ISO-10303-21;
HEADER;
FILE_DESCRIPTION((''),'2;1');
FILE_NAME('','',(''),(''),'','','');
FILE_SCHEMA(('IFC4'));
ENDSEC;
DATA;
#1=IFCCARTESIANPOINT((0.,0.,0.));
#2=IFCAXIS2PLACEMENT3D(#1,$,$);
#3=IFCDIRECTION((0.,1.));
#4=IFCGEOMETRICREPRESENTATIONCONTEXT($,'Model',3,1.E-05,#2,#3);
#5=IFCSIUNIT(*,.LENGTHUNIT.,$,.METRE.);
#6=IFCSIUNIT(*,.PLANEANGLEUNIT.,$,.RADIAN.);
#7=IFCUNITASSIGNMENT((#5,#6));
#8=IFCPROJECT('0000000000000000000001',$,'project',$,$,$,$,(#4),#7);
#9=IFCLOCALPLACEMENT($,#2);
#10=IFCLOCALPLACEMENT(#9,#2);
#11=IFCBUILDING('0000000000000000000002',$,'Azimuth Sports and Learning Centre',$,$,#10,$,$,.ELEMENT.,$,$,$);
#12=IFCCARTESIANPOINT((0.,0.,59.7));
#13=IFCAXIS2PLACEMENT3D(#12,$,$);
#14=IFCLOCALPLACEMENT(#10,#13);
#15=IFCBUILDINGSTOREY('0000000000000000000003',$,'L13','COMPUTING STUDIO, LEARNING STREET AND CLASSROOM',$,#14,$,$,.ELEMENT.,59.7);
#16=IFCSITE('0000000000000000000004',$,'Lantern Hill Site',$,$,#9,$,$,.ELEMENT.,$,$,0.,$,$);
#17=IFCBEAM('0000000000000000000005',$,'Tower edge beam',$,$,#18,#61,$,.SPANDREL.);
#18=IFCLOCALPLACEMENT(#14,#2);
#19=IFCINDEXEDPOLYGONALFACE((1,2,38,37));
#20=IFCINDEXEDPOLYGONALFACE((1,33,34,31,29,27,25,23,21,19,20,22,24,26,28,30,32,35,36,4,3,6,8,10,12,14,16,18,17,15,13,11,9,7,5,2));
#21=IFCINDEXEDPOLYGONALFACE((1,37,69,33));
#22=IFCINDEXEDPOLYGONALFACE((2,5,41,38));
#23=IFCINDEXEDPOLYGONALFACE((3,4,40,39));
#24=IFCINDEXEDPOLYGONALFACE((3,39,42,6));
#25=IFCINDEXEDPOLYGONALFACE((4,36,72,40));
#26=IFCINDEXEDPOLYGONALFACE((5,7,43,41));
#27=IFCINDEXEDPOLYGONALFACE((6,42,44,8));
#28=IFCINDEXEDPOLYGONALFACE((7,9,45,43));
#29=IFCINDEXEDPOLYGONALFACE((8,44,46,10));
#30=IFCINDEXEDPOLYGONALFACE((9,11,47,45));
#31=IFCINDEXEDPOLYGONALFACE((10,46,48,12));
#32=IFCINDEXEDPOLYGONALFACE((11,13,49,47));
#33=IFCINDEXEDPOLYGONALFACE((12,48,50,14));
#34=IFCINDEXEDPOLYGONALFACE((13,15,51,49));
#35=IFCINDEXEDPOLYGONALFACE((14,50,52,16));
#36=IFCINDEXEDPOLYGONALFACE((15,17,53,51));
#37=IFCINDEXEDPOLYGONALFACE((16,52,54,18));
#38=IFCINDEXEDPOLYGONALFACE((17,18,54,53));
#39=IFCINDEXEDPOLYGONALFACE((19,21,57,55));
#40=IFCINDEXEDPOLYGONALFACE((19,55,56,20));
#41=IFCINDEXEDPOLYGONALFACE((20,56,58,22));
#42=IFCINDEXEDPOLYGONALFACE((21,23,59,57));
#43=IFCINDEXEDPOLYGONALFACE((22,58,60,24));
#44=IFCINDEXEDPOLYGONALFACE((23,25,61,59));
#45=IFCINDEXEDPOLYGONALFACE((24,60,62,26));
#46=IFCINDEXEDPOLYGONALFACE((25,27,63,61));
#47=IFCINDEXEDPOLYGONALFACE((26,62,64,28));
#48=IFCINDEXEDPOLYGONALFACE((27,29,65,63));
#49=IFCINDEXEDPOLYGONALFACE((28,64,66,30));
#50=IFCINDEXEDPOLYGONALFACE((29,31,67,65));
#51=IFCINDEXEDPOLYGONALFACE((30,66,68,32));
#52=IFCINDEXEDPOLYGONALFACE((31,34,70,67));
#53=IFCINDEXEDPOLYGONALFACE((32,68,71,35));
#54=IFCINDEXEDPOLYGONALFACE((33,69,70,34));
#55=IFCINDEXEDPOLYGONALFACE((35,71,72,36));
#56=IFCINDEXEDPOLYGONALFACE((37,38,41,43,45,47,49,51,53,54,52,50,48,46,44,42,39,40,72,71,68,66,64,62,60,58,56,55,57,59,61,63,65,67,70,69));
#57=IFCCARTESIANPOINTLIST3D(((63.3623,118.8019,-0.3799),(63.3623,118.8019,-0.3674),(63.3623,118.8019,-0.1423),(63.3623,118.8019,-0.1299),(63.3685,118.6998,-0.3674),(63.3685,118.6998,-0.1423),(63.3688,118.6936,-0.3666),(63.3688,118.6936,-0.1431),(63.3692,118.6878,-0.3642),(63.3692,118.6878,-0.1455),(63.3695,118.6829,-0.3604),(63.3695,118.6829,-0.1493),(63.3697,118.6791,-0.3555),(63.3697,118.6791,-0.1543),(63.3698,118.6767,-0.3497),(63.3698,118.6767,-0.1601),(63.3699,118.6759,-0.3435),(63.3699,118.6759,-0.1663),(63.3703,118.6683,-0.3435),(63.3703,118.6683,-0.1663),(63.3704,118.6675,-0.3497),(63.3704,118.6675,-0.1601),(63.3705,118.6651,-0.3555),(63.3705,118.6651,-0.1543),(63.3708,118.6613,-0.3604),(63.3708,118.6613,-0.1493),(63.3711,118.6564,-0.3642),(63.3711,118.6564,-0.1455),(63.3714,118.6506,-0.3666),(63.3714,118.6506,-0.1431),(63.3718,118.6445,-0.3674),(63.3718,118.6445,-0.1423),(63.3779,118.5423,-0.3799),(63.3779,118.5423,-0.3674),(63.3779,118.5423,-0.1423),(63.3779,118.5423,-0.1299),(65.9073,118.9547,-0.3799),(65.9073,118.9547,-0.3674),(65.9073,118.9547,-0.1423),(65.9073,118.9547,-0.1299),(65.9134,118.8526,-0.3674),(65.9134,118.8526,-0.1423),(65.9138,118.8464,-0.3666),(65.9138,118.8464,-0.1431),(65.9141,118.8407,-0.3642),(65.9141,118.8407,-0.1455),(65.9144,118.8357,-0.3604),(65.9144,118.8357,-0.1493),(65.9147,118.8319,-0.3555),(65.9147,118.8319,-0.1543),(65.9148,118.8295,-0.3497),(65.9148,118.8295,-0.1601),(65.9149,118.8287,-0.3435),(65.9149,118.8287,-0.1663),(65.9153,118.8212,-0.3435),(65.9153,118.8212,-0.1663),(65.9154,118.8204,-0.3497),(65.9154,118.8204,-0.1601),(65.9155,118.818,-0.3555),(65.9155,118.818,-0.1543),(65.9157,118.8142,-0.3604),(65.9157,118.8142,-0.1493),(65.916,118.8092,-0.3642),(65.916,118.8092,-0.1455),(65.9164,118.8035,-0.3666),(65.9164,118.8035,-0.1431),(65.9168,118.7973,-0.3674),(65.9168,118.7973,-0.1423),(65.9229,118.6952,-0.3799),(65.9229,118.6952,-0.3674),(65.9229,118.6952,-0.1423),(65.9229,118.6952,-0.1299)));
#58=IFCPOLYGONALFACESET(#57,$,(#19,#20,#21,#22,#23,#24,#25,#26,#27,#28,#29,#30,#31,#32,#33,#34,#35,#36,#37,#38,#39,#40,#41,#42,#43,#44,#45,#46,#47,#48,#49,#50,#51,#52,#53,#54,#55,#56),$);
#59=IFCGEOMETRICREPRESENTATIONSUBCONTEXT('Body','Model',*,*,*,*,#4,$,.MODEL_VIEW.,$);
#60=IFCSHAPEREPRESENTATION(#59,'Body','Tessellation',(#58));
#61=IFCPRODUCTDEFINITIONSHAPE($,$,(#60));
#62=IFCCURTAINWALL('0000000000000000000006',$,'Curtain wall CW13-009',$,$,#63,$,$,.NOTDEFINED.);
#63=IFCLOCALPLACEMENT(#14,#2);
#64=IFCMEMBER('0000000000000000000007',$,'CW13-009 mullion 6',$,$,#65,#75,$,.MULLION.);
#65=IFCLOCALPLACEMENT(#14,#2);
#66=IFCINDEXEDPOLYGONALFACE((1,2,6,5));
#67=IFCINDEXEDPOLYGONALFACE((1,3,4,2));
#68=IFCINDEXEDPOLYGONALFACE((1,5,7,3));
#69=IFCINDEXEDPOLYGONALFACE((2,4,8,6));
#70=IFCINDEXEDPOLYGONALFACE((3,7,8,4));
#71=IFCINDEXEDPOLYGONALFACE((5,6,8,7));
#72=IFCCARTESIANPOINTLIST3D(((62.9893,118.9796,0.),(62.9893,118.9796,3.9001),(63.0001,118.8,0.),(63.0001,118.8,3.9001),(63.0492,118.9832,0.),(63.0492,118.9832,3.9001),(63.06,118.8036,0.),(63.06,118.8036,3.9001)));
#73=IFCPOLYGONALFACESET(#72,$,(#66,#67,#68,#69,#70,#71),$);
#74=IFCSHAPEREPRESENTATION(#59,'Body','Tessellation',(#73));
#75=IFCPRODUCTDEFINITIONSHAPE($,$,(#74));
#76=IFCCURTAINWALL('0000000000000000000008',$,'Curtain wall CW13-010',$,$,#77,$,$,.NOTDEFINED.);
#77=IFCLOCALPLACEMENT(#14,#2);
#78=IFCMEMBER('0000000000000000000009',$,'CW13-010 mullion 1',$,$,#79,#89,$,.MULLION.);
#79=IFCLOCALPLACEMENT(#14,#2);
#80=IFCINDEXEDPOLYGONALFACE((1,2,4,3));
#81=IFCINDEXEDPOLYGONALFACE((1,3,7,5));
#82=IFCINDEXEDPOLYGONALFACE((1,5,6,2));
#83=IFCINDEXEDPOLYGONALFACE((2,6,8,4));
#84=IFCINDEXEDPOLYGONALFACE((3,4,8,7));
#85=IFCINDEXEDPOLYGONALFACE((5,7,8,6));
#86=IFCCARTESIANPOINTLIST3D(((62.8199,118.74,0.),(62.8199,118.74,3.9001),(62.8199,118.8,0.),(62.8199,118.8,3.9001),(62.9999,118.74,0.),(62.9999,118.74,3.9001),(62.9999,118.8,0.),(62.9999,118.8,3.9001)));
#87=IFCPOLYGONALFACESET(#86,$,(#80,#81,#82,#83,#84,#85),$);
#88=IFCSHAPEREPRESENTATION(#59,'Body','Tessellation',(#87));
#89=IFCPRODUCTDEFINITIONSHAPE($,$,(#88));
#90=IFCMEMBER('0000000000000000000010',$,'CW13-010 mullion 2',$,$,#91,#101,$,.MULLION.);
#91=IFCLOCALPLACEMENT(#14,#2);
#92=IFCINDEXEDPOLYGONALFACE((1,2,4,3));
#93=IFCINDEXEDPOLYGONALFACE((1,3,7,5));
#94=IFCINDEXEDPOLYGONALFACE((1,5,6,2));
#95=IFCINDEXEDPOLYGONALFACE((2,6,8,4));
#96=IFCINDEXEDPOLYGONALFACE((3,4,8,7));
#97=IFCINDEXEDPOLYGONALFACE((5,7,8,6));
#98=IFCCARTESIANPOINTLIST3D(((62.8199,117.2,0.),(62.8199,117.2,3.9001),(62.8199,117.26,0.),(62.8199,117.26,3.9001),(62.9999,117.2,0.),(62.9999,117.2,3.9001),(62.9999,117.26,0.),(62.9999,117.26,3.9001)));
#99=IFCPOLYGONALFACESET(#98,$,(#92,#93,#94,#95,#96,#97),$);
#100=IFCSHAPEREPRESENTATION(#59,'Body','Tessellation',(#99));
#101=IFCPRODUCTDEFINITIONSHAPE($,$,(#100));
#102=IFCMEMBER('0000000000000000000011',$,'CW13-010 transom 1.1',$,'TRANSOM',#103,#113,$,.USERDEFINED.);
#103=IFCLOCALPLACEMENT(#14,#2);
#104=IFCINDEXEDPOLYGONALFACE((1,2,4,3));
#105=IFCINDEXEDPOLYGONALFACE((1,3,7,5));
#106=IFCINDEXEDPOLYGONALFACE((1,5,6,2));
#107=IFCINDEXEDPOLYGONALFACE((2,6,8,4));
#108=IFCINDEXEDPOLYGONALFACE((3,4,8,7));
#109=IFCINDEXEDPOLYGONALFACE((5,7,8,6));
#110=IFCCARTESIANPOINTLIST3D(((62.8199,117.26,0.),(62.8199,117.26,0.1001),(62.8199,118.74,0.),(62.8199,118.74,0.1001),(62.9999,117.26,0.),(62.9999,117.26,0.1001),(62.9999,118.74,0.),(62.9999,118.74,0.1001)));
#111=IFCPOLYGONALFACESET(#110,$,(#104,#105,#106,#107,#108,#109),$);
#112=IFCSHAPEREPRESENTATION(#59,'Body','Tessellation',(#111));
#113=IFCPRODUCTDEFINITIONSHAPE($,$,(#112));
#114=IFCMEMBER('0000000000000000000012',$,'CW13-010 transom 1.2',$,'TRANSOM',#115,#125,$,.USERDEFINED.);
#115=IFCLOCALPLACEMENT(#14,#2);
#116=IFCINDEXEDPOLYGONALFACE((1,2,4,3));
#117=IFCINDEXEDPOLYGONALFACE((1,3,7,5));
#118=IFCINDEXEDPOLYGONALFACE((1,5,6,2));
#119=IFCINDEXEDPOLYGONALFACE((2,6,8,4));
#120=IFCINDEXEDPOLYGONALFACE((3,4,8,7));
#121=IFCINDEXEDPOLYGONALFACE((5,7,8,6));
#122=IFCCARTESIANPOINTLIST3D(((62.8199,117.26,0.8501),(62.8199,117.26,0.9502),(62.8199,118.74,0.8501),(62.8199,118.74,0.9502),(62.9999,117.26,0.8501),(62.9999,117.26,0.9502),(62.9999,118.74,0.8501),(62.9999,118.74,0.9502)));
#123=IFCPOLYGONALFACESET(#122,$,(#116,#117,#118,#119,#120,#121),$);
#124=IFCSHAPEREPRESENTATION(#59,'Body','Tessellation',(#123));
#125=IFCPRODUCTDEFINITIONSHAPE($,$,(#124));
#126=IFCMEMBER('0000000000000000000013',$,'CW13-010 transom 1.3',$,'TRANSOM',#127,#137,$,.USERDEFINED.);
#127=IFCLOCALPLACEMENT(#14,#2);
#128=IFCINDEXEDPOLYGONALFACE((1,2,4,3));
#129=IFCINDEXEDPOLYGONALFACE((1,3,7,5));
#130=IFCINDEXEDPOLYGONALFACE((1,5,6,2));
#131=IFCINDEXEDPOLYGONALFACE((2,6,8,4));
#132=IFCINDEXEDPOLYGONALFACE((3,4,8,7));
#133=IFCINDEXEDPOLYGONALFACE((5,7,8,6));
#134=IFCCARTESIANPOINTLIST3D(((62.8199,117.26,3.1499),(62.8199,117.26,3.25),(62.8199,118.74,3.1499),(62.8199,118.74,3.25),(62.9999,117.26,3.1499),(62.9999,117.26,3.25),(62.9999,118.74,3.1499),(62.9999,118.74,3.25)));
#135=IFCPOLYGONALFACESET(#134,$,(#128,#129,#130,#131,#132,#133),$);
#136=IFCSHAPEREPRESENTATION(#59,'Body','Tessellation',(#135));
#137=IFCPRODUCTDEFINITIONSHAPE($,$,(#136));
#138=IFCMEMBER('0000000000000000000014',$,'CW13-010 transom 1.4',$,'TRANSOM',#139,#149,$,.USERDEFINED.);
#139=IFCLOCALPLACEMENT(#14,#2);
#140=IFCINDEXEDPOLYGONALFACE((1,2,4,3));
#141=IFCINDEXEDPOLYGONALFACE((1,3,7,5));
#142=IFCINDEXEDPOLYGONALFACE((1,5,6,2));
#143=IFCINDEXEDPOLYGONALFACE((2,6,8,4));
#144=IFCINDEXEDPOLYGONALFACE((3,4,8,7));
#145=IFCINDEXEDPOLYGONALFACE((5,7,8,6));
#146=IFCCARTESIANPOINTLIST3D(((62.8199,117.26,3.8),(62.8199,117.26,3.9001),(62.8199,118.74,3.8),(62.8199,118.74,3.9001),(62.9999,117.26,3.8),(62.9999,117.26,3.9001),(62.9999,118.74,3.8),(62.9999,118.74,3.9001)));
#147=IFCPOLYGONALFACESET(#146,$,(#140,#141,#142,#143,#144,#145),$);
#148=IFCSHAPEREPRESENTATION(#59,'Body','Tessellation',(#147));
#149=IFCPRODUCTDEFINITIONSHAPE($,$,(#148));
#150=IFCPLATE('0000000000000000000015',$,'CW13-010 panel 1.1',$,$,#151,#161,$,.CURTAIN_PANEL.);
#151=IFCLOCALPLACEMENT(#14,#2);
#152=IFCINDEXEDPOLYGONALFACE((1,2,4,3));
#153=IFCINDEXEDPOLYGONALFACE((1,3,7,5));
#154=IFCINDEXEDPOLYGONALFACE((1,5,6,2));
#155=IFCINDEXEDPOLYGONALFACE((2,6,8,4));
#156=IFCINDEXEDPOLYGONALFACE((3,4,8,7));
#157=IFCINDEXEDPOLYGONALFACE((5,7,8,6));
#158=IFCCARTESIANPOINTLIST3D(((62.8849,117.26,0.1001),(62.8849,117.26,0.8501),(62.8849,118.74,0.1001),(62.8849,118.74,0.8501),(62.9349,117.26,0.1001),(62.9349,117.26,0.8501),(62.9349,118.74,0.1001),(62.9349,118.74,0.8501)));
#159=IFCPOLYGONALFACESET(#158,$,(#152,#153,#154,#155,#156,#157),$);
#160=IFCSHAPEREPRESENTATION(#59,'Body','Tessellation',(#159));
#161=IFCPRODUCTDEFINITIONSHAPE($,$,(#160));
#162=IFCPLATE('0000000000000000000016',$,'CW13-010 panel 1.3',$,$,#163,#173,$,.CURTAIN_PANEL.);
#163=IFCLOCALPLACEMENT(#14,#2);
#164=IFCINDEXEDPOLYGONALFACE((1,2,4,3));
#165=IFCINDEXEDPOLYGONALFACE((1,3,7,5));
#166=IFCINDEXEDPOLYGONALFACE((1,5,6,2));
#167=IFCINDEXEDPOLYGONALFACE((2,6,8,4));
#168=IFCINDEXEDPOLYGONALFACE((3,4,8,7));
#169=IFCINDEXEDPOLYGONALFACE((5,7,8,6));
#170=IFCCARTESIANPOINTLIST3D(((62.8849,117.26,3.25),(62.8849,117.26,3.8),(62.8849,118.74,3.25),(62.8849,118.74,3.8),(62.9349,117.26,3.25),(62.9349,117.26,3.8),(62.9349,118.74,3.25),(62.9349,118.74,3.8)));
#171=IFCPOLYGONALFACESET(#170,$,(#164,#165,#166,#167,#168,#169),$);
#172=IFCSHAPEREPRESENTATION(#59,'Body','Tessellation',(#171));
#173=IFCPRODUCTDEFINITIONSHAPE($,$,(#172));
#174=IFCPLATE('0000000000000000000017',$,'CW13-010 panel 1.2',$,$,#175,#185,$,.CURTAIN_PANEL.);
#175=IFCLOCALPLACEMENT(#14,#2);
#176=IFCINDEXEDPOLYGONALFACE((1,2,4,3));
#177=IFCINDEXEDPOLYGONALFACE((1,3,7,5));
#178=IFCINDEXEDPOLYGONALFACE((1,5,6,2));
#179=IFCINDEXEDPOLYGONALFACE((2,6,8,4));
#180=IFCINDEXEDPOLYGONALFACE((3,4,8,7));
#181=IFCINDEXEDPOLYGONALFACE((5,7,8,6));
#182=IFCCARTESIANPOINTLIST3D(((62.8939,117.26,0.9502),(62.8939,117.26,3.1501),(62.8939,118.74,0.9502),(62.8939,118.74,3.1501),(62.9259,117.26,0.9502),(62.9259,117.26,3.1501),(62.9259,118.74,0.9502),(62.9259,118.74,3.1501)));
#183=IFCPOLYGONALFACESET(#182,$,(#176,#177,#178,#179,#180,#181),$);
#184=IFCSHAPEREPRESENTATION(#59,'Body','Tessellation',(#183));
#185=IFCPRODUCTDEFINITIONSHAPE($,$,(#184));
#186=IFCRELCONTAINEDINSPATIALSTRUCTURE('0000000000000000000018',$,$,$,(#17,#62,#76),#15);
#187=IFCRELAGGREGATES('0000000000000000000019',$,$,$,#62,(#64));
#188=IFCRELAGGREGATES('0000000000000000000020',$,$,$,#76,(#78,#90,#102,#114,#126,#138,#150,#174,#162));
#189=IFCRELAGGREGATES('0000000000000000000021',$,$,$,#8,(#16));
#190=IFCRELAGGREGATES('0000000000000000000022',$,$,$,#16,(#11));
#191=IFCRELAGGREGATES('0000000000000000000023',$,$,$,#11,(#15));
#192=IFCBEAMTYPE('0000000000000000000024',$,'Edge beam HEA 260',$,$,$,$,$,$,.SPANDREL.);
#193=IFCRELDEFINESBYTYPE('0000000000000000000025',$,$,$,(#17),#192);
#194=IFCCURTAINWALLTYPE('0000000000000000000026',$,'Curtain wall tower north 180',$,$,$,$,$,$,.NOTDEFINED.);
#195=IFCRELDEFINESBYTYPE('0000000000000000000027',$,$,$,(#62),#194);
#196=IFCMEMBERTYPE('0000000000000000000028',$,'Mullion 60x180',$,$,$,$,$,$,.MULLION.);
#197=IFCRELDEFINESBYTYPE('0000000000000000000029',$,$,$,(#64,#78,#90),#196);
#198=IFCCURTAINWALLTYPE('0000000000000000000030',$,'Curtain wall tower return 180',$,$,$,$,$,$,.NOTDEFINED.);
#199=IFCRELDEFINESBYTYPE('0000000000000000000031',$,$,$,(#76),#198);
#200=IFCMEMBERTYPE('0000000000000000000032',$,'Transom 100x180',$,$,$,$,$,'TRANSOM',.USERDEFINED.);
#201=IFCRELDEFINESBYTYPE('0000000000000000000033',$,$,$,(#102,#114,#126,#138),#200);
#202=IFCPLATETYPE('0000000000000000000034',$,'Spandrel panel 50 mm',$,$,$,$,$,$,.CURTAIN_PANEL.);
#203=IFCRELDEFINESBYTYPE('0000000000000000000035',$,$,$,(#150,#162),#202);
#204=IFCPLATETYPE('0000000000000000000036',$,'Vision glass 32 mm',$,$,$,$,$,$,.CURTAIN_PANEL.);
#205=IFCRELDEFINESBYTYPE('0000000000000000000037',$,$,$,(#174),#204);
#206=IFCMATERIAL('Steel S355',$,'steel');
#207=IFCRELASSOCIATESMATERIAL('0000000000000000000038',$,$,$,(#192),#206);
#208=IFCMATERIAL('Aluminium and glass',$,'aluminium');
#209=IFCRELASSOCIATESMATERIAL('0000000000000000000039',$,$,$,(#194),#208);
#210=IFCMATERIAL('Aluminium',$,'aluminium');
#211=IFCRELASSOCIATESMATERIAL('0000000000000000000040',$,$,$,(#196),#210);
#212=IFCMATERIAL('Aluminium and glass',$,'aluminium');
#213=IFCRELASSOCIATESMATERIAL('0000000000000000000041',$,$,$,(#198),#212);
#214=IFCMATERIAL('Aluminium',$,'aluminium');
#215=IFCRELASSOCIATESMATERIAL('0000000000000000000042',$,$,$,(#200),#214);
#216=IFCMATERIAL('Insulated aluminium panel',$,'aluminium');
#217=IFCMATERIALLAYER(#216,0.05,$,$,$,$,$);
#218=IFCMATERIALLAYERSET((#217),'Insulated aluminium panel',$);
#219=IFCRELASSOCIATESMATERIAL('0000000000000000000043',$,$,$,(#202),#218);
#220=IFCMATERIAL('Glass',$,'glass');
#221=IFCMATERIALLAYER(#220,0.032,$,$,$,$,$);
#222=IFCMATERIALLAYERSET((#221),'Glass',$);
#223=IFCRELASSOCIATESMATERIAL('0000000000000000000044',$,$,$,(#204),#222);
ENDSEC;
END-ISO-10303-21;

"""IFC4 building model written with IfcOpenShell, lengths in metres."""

from ifc_helpers import new_model, si_unit, direction, frame, origin, origin_2d, place, context, subcontext, project, spatial, rectangle, i_section, extrude, material, layer, layer_set, material_profile, profile_set, type_object, element, aggregate, save


model = new_model("IFC4")

# Units and contexts
model_context = context("Model", 3, precision=1e-05, world=origin(), true_north=direction((0.0, 1.0)))
body_context = subcontext(model_context, "Body", "Model", "MODEL_VIEW")
ifc_project = project(units=[si_unit("LENGTHUNIT", "METRE"), si_unit("PLANEANGLEUNIT", "RADIAN")], contexts=[model_context])

# Site, building, storey
site_placement = place(None, origin())
site = spatial("IfcSite", under=ifc_project, at=site_placement, Name="Lantern Hill Site", CompositionType="ELEMENT", RefElevation=0.0)
building_placement = place(site_placement, origin())
building = spatial("IfcBuilding", under=site, at=building_placement, Name="Azimuth Sports and Learning Centre", CompositionType="ELEMENT")
storey_placement = place(building_placement, frame((0.0, 0.0, 59.7)))
storey = spatial("IfcBuildingStorey", under=building, at=storey_placement, Name="L13", Description="COMPUTING STUDIO, LEARNING STREET AND CLASSROOM", CompositionType="ELEMENT", Elevation=59.7)

# Beam
ifc_material_1 = material(Name="Steel S355", Category="steel")
ifc_material_profile_1 = material_profile(ifc_material_1, i_section(OverallWidth=0.26, OverallDepth=0.25, WebThickness=0.0076, FlangeThickness=0.0125, FilletRadius=0.0239, at=origin_2d()), Name="HEA 260")
ifc_profile_set_1 = profile_set([ifc_material_profile_1], Name="Steel S355")
beam_type = type_object("IfcBeamType", Name="Edge beam HEA 260", PredefinedType="SPANDREL", material=ifc_profile_set_1)
beam_placement = place(storey_placement, frame((63.3701, 118.6721, -0.2549), z_axis=(0.998202, 0.059946, 0.0), x_axis=(-0.059946, 0.998202, 0.0)))
element("IfcBeam", 1, at=beam_placement, inside=storey, type_object=beam_type, Name="Tower edge beam", PredefinedType="SPANDREL", context=body_context, shape_type="SweptSolid", body=[
    extrude(i_section(OverallWidth=0.26, OverallDepth=0.25, WebThickness=0.0076, FlangeThickness=0.0125, FilletRadius=0.0239, at=origin_2d()), origin(), (0.0, 0.0, 1.0), 2.5496),
])

# Curtain wall, member
ifc_material_2 = material(Name="Aluminium and glass", Category="aluminium")
curtain_wall_type_1 = type_object("IfcCurtainWallType", Name="Curtain wall tower north 180", PredefinedType="NOTDEFINED", material=ifc_material_2)
curtain_wall_1_placement = place(storey_placement, origin())
curtain_wall_1 = element("IfcCurtainWall", 2, at=curtain_wall_1_placement, inside=storey, type_object=curtain_wall_type_1, Name="Curtain wall CW13-009", PredefinedType="NOTDEFINED")
ifc_material_3 = material(Name="Aluminium", Category="aluminium")
ifc_material_profile_2 = material_profile(ifc_material_3, rectangle(XDim=0.1799, YDim=0.0601, at=origin_2d()), Name="Mullion 60x180")
ifc_profile_set_2 = profile_set([ifc_material_profile_2], Name="Aluminium")
member_type_1 = type_object("IfcMemberType", Name="Mullion 60x180", PredefinedType="MULLION", material=ifc_profile_set_2)
member_1_placement = place(storey_placement, frame((63.0247, 118.8916, 0.0), z_axis=(0.0, 0.0, 1.0), x_axis=(0.059892, -0.998205, 0.0)))
member_1 = element("IfcMember", 3, at=member_1_placement, type_object=member_type_1, Name="CW13-009 mullion 6", PredefinedType="MULLION", context=body_context, shape_type="SweptSolid", body=[
    extrude(rectangle(XDim=0.1799, YDim=0.0601, at=origin_2d()), origin(), (0.0, 0.0, 1.0), 3.9001),
])
aggregate(curtain_wall_1, [member_1])

# Curtain wall, members, plates
ifc_material_4 = material(Name="Aluminium and glass", Category="aluminium")
curtain_wall_type_2 = type_object("IfcCurtainWallType", Name="Curtain wall tower return 180", PredefinedType="NOTDEFINED", material=ifc_material_4)
curtain_wall_2_placement = place(storey_placement, origin())
curtain_wall_2 = element("IfcCurtainWall", 4, at=curtain_wall_2_placement, inside=storey, type_object=curtain_wall_type_2, Name="Curtain wall CW13-010", PredefinedType="NOTDEFINED")
member_2_placement = place(storey_placement, frame((62.9099, 118.77, 0.0), z_axis=(0.0, 0.0, 1.0), x_axis=(1.0, 0.0, 0.0)))
member_2 = element("IfcMember", 5, at=member_2_placement, type_object=member_type_1, Name="CW13-010 mullion 1", PredefinedType="MULLION", context=body_context, shape_type="SweptSolid", body=[
    extrude(rectangle(XDim=0.1799, YDim=0.0601, at=origin_2d()), origin(), (0.0, 0.0, 1.0), 3.9001),
])
member_3_placement = place(storey_placement, frame((62.9099, 117.23, 0.0), z_axis=(0.0, 0.0, 1.0), x_axis=(1.0, 0.0, 0.0)))
member_3 = element("IfcMember", 6, at=member_3_placement, type_object=member_type_1, Name="CW13-010 mullion 2", PredefinedType="MULLION", context=body_context, shape_type="SweptSolid", body=[
    extrude(rectangle(XDim=0.1799, YDim=0.0601, at=origin_2d()), origin(), (0.0, 0.0, 1.0), 3.9001),
])
ifc_material_5 = material(Name="Aluminium", Category="aluminium")
ifc_material_profile_3 = material_profile(ifc_material_5, rectangle(XDim=0.1799, YDim=0.1001, at=origin_2d()), Name="Transom 100x180")
ifc_profile_set_3 = profile_set([ifc_material_profile_3], Name="Aluminium")
member_type_2 = type_object("IfcMemberType", Name="Transom 100x180", ElementType="TRANSOM", PredefinedType="USERDEFINED", material=ifc_profile_set_3)
member_4_placement = place(storey_placement, frame((62.9099, 118.74, 0.05), z_axis=(0.0, -1.0, 0.0), x_axis=(1.0, 0.0, 0.0)))
member_4 = element("IfcMember", 7, at=member_4_placement, type_object=member_type_2, Name="CW13-010 transom 1.1", ObjectType="TRANSOM", PredefinedType="USERDEFINED", context=body_context, shape_type="SweptSolid", body=[
    extrude(rectangle(XDim=0.1799, YDim=0.1001, at=origin_2d()), origin(), (0.0, 0.0, 1.0), 1.48),
])
member_5_placement = place(storey_placement, frame((62.9099, 118.74, 0.9001), z_axis=(0.0, -1.0, 0.0), x_axis=(1.0, 0.0, 0.0)))
member_5 = element("IfcMember", 8, at=member_5_placement, type_object=member_type_2, Name="CW13-010 transom 1.2", ObjectType="TRANSOM", PredefinedType="USERDEFINED", context=body_context, shape_type="SweptSolid", body=[
    extrude(rectangle(XDim=0.1799, YDim=0.1001, at=origin_2d()), origin(), (0.0, 0.0, 1.0), 1.48),
])
member_6_placement = place(storey_placement, frame((62.9099, 118.74, 3.2), z_axis=(0.0, -1.0, 0.0), x_axis=(1.0, 0.0, 0.0)))
member_6 = element("IfcMember", 9, at=member_6_placement, type_object=member_type_2, Name="CW13-010 transom 1.3", ObjectType="TRANSOM", PredefinedType="USERDEFINED", context=body_context, shape_type="SweptSolid", body=[
    extrude(rectangle(XDim=0.1799, YDim=0.1001, at=origin_2d()), origin(), (0.0, 0.0, 1.0), 1.48),
])
member_7_placement = place(storey_placement, frame((62.9099, 118.74, 3.8501), z_axis=(0.0, -1.0, 0.0), x_axis=(1.0, 0.0, 0.0)))
member_7 = element("IfcMember", 10, at=member_7_placement, type_object=member_type_2, Name="CW13-010 transom 1.4", ObjectType="TRANSOM", PredefinedType="USERDEFINED", context=body_context, shape_type="SweptSolid", body=[
    extrude(rectangle(XDim=0.1799, YDim=0.1001, at=origin_2d()), origin(), (0.0, 0.0, 1.0), 1.48),
])
ifc_material_6 = material(Name="Insulated aluminium panel", Category="aluminium")
ifc_layer_1 = layer(ifc_material_6, 0.05)
ifc_layer_set_1 = layer_set([ifc_layer_1], Name="Insulated aluminium panel")
plate_type_1 = type_object("IfcPlateType", Name="Spandrel panel 50 mm", PredefinedType="CURTAIN_PANEL", material=ifc_layer_set_1)
plate_1_placement = place(storey_placement, frame((62.9099, 118.0, 0.1001), z_axis=(0.0, 0.0, 1.0), x_axis=(0.0, -1.0, 0.0)))
plate_1 = element("IfcPlate", 11, at=plate_1_placement, type_object=plate_type_1, Name="CW13-010 panel 1.1", PredefinedType="CURTAIN_PANEL", context=body_context, shape_type="SweptSolid", body=[
    extrude(rectangle(XDim=1.48, YDim=0.05, at=origin_2d()), origin(), (0.0, 0.0, 1.0), 0.75),
])
plate_2_placement = place(storey_placement, frame((62.9099, 118.0, 3.25), z_axis=(0.0, 0.0, 1.0), x_axis=(0.0, -1.0, 0.0)))
plate_2 = element("IfcPlate", 12, at=plate_2_placement, type_object=plate_type_1, Name="CW13-010 panel 1.3", PredefinedType="CURTAIN_PANEL", context=body_context, shape_type="SweptSolid", body=[
    extrude(rectangle(XDim=1.48, YDim=0.05, at=origin_2d()), origin(), (0.0, 0.0, 1.0), 0.55),
])
ifc_material_7 = material(Name="Glass", Category="glass")
ifc_layer_2 = layer(ifc_material_7, 0.032)
ifc_layer_set_2 = layer_set([ifc_layer_2], Name="Glass")
plate_type_2 = type_object("IfcPlateType", Name="Vision glass 32 mm", PredefinedType="CURTAIN_PANEL", material=ifc_layer_set_2)
plate_3_placement = place(storey_placement, frame((62.9099, 118.0, 0.9502), z_axis=(0.0, 0.0, 1.0), x_axis=(0.0, -1.0, 0.0)))
plate_3 = element("IfcPlate", 13, at=plate_3_placement, type_object=plate_type_2, Name="CW13-010 panel 1.2", PredefinedType="CURTAIN_PANEL", context=body_context, shape_type="SweptSolid", body=[
    extrude(rectangle(XDim=1.48, YDim=0.032, at=origin_2d()), origin(), (0.0, 0.0, 1.0), 2.2),
])
aggregate(curtain_wall_2, [member_2, member_3, member_4, member_5, member_6, member_7, plate_1, plate_3, plate_2])

save(model, "model.ifc")
